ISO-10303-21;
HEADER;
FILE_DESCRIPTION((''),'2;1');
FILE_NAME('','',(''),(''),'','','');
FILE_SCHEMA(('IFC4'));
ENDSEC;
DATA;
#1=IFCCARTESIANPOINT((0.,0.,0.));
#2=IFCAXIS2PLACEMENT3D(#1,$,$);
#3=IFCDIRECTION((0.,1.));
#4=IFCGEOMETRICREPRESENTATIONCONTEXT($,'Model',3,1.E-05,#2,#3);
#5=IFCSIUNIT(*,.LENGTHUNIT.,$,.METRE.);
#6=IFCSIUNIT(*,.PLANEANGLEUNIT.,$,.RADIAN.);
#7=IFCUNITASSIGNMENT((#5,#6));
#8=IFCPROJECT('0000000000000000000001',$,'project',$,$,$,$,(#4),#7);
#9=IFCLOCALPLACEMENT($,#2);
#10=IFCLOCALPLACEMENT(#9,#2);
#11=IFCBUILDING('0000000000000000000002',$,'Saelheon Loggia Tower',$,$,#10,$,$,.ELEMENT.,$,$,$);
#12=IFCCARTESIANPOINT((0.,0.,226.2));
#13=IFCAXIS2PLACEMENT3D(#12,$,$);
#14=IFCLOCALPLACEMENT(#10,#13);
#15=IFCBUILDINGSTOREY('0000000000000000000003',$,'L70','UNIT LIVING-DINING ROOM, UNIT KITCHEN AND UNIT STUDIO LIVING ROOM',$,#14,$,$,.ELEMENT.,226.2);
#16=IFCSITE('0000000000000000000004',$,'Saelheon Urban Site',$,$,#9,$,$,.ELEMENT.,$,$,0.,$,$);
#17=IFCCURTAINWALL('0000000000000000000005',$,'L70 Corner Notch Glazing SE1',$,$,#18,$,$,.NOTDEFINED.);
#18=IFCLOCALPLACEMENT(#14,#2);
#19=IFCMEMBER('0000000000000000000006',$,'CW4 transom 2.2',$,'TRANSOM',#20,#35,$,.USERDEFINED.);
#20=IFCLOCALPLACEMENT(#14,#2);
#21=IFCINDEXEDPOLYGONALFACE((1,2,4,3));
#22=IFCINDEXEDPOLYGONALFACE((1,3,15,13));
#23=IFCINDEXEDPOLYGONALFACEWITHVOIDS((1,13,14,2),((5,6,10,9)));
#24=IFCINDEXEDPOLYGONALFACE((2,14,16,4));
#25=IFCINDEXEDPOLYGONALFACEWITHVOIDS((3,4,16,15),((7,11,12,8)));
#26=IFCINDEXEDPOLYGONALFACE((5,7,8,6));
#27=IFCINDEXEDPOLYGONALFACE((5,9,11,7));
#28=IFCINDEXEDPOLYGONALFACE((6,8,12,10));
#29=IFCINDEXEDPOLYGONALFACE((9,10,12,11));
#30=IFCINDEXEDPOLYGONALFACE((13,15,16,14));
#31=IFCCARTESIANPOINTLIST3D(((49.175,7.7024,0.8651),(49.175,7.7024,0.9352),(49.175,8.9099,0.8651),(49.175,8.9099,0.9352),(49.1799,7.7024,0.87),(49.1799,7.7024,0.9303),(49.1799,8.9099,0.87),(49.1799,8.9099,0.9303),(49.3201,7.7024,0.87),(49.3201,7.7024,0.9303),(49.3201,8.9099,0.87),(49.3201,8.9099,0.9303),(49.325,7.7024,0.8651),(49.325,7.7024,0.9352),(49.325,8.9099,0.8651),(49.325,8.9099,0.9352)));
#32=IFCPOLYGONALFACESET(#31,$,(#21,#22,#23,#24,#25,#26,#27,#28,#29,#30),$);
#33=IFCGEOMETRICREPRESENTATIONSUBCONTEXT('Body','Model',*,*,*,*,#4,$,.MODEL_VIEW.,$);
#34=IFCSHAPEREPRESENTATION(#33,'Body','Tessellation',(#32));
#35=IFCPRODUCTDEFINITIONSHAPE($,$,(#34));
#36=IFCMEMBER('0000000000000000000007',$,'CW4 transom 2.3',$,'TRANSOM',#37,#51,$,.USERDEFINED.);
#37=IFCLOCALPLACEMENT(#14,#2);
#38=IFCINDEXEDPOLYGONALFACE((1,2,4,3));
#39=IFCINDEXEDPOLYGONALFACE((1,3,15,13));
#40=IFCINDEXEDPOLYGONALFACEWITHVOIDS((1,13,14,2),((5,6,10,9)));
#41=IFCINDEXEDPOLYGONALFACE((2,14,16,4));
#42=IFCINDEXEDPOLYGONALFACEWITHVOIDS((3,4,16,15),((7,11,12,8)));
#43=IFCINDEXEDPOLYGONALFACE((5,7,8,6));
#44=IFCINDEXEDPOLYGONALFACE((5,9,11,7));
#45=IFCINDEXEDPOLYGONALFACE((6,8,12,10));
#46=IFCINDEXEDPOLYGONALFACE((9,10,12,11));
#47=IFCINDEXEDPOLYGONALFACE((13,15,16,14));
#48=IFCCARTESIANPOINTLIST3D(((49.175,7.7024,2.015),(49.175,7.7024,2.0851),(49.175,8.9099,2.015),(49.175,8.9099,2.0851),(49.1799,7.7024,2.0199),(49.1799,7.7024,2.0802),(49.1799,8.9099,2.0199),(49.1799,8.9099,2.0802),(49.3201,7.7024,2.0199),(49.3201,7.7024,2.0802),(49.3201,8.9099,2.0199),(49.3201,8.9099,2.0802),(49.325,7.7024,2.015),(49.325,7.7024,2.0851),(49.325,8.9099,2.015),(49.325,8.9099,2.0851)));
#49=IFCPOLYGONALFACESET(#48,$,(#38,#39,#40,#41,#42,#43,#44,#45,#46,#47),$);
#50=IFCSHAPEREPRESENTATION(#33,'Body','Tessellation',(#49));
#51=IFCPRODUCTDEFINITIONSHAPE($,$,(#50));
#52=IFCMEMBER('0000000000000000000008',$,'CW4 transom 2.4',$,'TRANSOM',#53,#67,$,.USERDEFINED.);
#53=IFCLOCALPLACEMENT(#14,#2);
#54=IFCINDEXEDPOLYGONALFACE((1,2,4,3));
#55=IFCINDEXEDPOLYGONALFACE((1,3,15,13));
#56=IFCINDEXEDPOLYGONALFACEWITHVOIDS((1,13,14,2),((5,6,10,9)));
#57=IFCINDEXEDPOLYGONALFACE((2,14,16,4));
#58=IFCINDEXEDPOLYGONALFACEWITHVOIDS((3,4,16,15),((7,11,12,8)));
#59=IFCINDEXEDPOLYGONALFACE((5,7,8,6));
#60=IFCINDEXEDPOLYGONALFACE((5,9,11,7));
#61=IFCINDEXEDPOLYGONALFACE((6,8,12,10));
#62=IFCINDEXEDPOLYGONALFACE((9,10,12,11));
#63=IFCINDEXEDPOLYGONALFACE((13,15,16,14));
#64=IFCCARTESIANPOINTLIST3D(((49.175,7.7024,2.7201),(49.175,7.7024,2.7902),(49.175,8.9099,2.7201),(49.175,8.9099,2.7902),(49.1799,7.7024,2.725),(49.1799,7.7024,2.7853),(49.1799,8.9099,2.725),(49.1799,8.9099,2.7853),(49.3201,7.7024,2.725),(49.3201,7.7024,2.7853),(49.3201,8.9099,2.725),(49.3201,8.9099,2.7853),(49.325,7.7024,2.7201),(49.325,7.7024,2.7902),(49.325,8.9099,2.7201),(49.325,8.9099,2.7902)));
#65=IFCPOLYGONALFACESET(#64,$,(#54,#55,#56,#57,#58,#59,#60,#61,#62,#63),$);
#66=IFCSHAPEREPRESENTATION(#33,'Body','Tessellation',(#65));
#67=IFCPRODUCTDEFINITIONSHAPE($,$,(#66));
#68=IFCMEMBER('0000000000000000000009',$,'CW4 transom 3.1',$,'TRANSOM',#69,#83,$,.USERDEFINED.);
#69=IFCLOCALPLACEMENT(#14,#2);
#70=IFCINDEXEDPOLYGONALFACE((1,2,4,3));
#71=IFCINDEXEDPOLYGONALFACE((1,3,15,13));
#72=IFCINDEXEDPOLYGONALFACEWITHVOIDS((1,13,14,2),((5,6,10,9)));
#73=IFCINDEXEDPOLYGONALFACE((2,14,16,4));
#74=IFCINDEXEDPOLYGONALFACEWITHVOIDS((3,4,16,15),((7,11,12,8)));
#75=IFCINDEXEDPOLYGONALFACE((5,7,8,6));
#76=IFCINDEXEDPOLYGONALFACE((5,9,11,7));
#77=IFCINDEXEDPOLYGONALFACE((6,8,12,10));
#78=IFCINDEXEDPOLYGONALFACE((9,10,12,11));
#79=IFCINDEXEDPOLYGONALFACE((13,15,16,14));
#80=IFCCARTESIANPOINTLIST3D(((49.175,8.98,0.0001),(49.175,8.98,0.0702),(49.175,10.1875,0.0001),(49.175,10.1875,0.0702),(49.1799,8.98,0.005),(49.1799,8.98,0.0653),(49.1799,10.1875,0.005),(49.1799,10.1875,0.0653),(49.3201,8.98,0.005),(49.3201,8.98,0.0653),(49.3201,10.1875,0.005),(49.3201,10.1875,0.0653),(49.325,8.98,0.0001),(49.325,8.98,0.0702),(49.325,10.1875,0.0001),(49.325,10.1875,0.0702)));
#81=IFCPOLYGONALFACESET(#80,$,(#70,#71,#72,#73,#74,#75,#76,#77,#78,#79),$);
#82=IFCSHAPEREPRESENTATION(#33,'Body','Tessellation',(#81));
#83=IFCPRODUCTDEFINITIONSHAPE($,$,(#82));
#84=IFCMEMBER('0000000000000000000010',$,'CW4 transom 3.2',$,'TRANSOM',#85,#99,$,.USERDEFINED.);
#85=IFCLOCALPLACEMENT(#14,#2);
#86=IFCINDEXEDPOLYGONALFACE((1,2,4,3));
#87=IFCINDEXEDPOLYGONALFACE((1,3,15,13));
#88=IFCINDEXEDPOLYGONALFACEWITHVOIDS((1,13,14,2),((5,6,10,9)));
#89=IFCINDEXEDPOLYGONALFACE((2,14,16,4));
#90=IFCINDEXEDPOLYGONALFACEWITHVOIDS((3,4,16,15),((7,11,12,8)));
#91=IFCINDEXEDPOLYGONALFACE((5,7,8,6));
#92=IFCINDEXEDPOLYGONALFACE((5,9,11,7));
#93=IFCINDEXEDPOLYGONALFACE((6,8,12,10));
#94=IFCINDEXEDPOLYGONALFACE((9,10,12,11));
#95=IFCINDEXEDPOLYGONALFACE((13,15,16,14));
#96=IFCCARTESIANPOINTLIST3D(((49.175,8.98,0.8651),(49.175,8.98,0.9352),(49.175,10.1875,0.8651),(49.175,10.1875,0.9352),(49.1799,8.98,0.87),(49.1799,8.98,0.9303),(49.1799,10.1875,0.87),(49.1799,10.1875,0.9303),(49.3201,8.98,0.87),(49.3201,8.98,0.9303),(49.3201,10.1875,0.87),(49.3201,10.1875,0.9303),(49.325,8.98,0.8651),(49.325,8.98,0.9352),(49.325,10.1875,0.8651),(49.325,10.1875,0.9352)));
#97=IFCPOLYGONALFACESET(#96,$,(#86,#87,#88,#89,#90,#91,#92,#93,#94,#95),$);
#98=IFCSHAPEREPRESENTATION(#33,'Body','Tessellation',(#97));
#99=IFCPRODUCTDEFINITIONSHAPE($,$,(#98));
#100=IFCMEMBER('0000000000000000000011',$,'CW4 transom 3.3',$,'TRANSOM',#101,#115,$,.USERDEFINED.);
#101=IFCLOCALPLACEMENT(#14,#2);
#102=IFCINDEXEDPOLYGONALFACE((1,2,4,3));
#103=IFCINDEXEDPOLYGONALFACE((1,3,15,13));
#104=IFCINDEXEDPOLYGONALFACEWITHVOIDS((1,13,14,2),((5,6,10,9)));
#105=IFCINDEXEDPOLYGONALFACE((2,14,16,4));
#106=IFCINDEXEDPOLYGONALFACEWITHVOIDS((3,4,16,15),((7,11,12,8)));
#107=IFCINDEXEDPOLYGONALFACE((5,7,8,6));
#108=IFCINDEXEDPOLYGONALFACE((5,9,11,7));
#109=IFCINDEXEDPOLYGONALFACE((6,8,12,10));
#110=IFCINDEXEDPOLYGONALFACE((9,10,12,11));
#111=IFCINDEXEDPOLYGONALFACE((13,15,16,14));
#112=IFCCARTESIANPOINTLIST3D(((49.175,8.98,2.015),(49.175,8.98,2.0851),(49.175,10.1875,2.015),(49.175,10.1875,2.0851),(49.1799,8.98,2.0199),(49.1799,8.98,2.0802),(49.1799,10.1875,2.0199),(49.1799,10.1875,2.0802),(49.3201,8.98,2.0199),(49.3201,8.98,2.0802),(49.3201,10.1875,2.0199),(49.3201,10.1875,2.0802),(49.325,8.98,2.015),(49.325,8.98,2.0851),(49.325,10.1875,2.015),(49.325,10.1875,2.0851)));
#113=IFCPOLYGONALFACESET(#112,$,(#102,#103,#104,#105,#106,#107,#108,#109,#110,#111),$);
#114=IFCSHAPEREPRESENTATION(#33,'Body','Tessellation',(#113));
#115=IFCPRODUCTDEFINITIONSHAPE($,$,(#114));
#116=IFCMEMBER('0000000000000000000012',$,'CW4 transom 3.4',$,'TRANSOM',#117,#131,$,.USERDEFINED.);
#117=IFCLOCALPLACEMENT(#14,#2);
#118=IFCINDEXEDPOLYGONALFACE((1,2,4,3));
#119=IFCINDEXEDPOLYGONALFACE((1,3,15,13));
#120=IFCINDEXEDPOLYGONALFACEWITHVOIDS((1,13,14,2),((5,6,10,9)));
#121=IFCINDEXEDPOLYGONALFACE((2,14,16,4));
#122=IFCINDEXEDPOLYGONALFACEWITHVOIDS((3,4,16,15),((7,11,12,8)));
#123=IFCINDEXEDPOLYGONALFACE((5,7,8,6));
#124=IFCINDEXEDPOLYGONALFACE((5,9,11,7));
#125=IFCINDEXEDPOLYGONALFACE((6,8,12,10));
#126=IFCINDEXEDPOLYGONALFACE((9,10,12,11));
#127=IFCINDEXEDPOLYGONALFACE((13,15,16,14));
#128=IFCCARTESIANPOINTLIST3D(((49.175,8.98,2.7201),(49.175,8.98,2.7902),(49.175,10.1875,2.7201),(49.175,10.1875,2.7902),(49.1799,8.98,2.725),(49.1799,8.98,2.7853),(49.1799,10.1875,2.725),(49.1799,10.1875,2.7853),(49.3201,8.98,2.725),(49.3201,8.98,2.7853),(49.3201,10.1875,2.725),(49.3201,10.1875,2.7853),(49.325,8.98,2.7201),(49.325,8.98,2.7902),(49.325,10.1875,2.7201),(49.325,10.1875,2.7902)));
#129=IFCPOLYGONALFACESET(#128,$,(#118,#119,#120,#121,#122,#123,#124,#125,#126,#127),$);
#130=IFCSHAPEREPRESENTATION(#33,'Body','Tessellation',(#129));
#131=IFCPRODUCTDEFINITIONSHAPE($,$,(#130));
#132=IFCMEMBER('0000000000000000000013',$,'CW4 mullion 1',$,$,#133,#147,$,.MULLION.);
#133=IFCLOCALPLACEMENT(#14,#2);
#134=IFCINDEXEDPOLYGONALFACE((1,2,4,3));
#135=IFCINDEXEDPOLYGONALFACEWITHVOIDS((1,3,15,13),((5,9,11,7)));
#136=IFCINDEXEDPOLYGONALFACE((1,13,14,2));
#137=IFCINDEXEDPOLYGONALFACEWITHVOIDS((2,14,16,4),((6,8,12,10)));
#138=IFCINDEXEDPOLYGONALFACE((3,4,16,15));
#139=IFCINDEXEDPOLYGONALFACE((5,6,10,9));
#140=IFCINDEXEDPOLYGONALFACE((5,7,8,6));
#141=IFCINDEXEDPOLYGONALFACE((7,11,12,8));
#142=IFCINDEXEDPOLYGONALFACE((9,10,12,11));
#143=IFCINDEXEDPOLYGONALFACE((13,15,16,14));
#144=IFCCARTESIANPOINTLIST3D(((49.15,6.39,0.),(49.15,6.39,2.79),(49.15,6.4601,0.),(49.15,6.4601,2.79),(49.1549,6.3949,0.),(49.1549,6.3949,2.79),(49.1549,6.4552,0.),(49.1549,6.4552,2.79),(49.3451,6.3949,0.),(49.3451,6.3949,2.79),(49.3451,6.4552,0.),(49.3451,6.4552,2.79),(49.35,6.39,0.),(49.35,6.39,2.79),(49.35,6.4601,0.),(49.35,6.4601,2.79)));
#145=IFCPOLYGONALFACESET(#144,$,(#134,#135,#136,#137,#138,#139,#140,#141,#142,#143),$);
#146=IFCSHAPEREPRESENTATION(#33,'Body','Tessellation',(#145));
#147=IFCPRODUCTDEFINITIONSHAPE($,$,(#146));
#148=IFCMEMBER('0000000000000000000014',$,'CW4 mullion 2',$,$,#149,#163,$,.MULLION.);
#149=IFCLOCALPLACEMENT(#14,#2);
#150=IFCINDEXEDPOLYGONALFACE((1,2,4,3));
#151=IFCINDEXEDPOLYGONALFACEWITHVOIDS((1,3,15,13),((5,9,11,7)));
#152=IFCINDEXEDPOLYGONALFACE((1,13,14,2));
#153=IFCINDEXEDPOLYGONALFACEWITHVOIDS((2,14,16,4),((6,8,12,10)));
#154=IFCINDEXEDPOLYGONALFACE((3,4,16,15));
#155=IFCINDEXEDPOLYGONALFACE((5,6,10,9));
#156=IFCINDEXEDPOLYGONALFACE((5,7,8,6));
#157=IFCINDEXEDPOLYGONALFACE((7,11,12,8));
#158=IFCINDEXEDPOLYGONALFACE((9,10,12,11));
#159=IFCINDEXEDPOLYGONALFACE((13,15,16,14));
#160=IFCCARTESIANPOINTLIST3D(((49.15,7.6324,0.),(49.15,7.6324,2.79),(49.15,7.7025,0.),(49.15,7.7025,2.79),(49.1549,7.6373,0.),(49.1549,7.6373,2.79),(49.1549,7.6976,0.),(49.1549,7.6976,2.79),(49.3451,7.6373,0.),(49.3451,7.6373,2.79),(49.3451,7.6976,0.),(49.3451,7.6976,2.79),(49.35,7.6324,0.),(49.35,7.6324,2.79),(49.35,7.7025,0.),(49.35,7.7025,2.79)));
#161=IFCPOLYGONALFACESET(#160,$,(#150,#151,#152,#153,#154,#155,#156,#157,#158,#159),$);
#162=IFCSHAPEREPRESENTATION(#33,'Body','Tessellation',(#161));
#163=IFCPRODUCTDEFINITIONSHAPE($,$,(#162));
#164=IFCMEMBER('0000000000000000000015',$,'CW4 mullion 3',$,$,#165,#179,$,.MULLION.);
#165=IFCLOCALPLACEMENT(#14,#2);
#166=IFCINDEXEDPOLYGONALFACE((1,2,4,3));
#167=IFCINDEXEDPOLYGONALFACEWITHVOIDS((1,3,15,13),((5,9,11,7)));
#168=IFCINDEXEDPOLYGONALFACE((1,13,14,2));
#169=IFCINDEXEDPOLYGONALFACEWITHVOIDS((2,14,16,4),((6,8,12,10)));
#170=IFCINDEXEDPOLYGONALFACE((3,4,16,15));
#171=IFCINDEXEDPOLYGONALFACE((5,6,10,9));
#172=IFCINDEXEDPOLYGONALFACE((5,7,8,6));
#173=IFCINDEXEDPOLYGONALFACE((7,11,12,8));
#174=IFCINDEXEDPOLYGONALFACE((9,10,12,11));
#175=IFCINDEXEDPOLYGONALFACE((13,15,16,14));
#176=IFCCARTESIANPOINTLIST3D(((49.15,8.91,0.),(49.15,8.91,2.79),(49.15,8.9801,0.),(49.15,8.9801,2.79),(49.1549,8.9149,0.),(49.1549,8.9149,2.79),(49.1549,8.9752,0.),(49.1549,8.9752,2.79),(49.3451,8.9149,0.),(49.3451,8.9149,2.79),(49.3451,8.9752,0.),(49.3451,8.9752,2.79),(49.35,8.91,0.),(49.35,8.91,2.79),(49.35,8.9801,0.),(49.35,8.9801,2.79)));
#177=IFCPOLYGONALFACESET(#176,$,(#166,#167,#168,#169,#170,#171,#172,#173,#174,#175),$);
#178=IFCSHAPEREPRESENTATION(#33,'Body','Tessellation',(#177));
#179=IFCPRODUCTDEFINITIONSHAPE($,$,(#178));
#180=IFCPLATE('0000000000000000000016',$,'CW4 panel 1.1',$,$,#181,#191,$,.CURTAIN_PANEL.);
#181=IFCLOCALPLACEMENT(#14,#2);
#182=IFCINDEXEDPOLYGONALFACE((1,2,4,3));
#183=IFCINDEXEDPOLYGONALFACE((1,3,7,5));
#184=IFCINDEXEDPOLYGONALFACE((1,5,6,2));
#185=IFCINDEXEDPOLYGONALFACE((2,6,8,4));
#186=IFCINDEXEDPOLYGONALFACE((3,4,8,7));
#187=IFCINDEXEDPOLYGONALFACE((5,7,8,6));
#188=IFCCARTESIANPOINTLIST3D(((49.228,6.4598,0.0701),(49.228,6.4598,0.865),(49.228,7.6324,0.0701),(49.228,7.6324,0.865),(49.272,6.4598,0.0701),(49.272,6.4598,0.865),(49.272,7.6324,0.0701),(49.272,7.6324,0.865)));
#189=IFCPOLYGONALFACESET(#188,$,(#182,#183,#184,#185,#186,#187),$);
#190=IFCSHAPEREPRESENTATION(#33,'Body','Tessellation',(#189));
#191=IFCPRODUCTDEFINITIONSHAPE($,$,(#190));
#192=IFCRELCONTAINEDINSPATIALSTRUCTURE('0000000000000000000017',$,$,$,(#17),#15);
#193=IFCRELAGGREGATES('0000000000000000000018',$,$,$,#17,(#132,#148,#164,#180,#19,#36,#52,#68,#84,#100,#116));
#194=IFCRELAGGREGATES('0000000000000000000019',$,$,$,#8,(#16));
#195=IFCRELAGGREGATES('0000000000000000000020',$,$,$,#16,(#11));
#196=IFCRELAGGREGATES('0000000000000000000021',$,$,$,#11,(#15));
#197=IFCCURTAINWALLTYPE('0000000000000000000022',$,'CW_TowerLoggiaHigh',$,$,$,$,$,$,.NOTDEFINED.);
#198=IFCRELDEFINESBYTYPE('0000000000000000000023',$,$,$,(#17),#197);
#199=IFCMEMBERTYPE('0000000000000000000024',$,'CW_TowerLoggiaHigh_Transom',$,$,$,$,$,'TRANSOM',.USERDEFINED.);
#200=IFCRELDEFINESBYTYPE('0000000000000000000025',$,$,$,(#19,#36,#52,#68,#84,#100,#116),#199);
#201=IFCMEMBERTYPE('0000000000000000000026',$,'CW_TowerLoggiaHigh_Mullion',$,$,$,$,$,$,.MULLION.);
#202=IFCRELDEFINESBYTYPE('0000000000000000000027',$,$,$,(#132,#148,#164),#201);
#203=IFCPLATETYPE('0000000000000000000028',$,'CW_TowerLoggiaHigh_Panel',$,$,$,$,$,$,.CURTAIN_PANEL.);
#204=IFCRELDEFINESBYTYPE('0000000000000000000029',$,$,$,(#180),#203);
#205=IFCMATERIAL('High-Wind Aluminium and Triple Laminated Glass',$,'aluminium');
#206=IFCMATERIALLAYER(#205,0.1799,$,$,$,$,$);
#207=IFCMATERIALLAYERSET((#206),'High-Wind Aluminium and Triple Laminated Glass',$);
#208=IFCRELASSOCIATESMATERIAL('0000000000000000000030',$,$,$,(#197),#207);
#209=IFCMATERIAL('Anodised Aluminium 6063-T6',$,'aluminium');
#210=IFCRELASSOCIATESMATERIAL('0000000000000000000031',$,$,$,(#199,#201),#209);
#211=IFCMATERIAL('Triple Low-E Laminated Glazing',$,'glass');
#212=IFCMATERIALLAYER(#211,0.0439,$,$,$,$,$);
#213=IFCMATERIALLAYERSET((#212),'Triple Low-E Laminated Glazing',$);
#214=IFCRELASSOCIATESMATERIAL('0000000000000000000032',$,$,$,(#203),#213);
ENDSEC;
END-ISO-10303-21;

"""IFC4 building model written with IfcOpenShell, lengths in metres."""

from ifc_helpers import new_model, si_unit, direction, frame, origin, origin_2d, place, context, subcontext, project, spatial, rectangle, hollow_rectangle, extrude, source, transform, mapped, material, layer, layer_set, material_profile, profile_set, type_object, element, aggregate, save


model = new_model("IFC4")

# Units and contexts
model_context = context("Model", 3, precision=1e-05, world=origin(), true_north=direction((0.0, 1.0)))
body_context = subcontext(model_context, "Body", "Model", "MODEL_VIEW")
ifc_project = project(units=[si_unit("LENGTHUNIT", "METRE"), si_unit("PLANEANGLEUNIT", "RADIAN")], contexts=[model_context])

# Site, building, storey
site_placement = place(None, origin())
site = spatial("IfcSite", under=ifc_project, at=site_placement, Name="Saelheon Urban Site", CompositionType="ELEMENT", RefElevation=0.0)
building_placement = place(site_placement, origin())
building = spatial("IfcBuilding", under=site, at=building_placement, Name="Saelheon Loggia Tower", CompositionType="ELEMENT")
storey_placement = place(building_placement, frame((0.0, 0.0, 226.2)))
storey = spatial("IfcBuildingStorey", under=building, at=storey_placement, Name="L70", Description="UNIT LIVING-DINING ROOM, UNIT KITCHEN AND UNIT STUDIO LIVING ROOM", CompositionType="ELEMENT", Elevation=226.2)

# Curtain wall, members, plate
ifc_material_1 = material(Name="High-Wind Aluminium and Triple Laminated Glass", Category="aluminium")
ifc_layer_1 = layer(ifc_material_1, 0.1799)
ifc_layer_set_1 = layer_set([ifc_layer_1], Name="High-Wind Aluminium and Triple Laminated Glass")
curtain_wall_type = type_object("IfcCurtainWallType", Name="CW_TowerLoggiaHigh", PredefinedType="NOTDEFINED", material=ifc_layer_set_1)
curtain_wall_placement = place(storey_placement, origin())
curtain_wall = element("IfcCurtainWall", 1, at=curtain_wall_placement, inside=storey, type_object=curtain_wall_type, Name="L70 Corner Notch Glazing SE1", PredefinedType="NOTDEFINED")
ifc_material_2 = material(Name="Anodised Aluminium 6063-T6", Category="aluminium")
ifc_material_profile_1 = material_profile(ifc_material_2, hollow_rectangle(XDim=0.0701, YDim=0.1499, WallThickness=0.0049, at=origin_2d()), Name="RHS-150x70x5")
ifc_profile_set_1 = profile_set([ifc_material_profile_1], Name="Anodised Aluminium 6063-T6")
member_type_1 = type_object("IfcMemberType", Name="CW_TowerLoggiaHigh_Transom", ElementType="TRANSOM", PredefinedType="USERDEFINED", material=ifc_profile_set_1)
shared_shape_1 = source(origin(), body_context, "Body", "SweptSolid", [
    extrude(hollow_rectangle(XDim=0.0701, YDim=0.1499, WallThickness=0.0049, at=origin_2d()), origin(), (0.0, 0.0, 1.0), 1.2075),
])
member_1_placement = place(storey_placement, frame((49.25, 7.7024, 0.9001), z_axis=(0.0, 1.0, 0.0), x_axis=(0.0, 0.0, 1.0)))
member_1 = element("IfcMember", 2, at=member_1_placement, type_object=member_type_1, Name="CW4 transom 2.2", ObjectType="TRANSOM", PredefinedType="USERDEFINED", context=body_context, shape_type="MappedRepresentation", body=[
    mapped(shared_shape_1, transform((0.0, 0.0, 0.0), scale=1.0)),
])
member_2_placement = place(storey_placement, frame((49.25, 7.7024, 2.05), z_axis=(0.0, 1.0, 0.0), x_axis=(0.0, 0.0, 1.0)))
member_2 = element("IfcMember", 3, at=member_2_placement, type_object=member_type_1, Name="CW4 transom 2.3", ObjectType="TRANSOM", PredefinedType="USERDEFINED", context=body_context, shape_type="MappedRepresentation", body=[
    mapped(shared_shape_1, transform((0.0, 0.0, 0.0), scale=1.0)),
])
member_3_placement = place(storey_placement, frame((49.25, 7.7024, 2.7551), z_axis=(0.0, 1.0, 0.0), x_axis=(0.0, 0.0, 1.0)))
member_3 = element("IfcMember", 4, at=member_3_placement, type_object=member_type_1, Name="CW4 transom 2.4", ObjectType="TRANSOM", PredefinedType="USERDEFINED", context=body_context, shape_type="MappedRepresentation", body=[
    mapped(shared_shape_1, transform((0.0, 0.0, 0.0), scale=1.0)),
])
member_4_placement = place(storey_placement, frame((49.25, 8.98, 0.0352), z_axis=(0.0, 1.0, 0.0), x_axis=(0.0, 0.0, 1.0)))
member_4 = element("IfcMember", 5, at=member_4_placement, type_object=member_type_1, Name="CW4 transom 3.1", ObjectType="TRANSOM", PredefinedType="USERDEFINED", context=body_context, shape_type="MappedRepresentation", body=[
    mapped(shared_shape_1, transform((0.0, 0.0, 0.0), scale=1.0)),
])
member_5_placement = place(storey_placement, frame((49.25, 8.98, 0.9001), z_axis=(0.0, 1.0, 0.0), x_axis=(0.0, 0.0, 1.0)))
member_5 = element("IfcMember", 6, at=member_5_placement, type_object=member_type_1, Name="CW4 transom 3.2", ObjectType="TRANSOM", PredefinedType="USERDEFINED", context=body_context, shape_type="MappedRepresentation", body=[
    mapped(shared_shape_1, transform((0.0, 0.0, 0.0), scale=1.0)),
])
member_6_placement = place(storey_placement, frame((49.25, 8.98, 2.05), z_axis=(0.0, 1.0, 0.0), x_axis=(0.0, 0.0, 1.0)))
member_6 = element("IfcMember", 7, at=member_6_placement, type_object=member_type_1, Name="CW4 transom 3.3", ObjectType="TRANSOM", PredefinedType="USERDEFINED", context=body_context, shape_type="MappedRepresentation", body=[
    mapped(shared_shape_1, transform((0.0, 0.0, 0.0), scale=1.0)),
])
member_7_placement = place(storey_placement, frame((49.25, 8.98, 2.7551), z_axis=(0.0, 1.0, 0.0), x_axis=(0.0, 0.0, 1.0)))
member_7 = element("IfcMember", 8, at=member_7_placement, type_object=member_type_1, Name="CW4 transom 3.4", ObjectType="TRANSOM", PredefinedType="USERDEFINED", context=body_context, shape_type="MappedRepresentation", body=[
    mapped(shared_shape_1, transform((0.0, 0.0, 0.0), scale=1.0)),
])
ifc_material_profile_2 = material_profile(ifc_material_2, hollow_rectangle(XDim=0.0701, YDim=0.2, WallThickness=0.0049, at=origin_2d()), Name="RHS-200x70x5")
ifc_profile_set_2 = profile_set([ifc_material_profile_2], Name="Anodised Aluminium 6063-T6")
member_type_2 = type_object("IfcMemberType", Name="CW_TowerLoggiaHigh_Mullion", PredefinedType="MULLION", material=ifc_profile_set_2)
shared_shape_2 = source(origin(), body_context, "Body", "SweptSolid", [
    extrude(hollow_rectangle(XDim=0.0701, YDim=0.2, WallThickness=0.0049, at=origin_2d()), origin(), (0.0, 0.0, 1.0), 2.79),
])
member_8_placement = place(storey_placement, frame((49.25, 6.425, 0.0), z_axis=(0.0, 0.0, 1.0), x_axis=(0.0, 1.0, 0.0)))
member_8 = element("IfcMember", 9, at=member_8_placement, type_object=member_type_2, Name="CW4 mullion 1", PredefinedType="MULLION", context=body_context, shape_type="MappedRepresentation", body=[
    mapped(shared_shape_2, transform((0.0, 0.0, 0.0), scale=1.0)),
])
member_9_placement = place(storey_placement, frame((49.25, 7.6675, 0.0), z_axis=(0.0, 0.0, 1.0), x_axis=(0.0, 1.0, 0.0)))
member_9 = element("IfcMember", 10, at=member_9_placement, type_object=member_type_2, Name="CW4 mullion 2", PredefinedType="MULLION", context=body_context, shape_type="MappedRepresentation", body=[
    mapped(shared_shape_2, transform((0.0, 0.0, 0.0), scale=1.0)),
])
member_10_placement = place(storey_placement, frame((49.25, 8.9451, 0.0), z_axis=(0.0, 0.0, 1.0), x_axis=(0.0, 1.0, 0.0)))
member_10 = element("IfcMember", 11, at=member_10_placement, type_object=member_type_2, Name="CW4 mullion 3", PredefinedType="MULLION", context=body_context, shape_type="MappedRepresentation", body=[
    mapped(shared_shape_2, transform((0.0, 0.0, 0.0), scale=1.0)),
])
ifc_material_3 = material(Name="Triple Low-E Laminated Glazing", Category="glass")
ifc_layer_2 = layer(ifc_material_3, 0.0439)
ifc_layer_set_2 = layer_set([ifc_layer_2], Name="Triple Low-E Laminated Glazing")
plate_type = type_object("IfcPlateType", Name="CW_TowerLoggiaHigh_Panel", PredefinedType="CURTAIN_PANEL", material=ifc_layer_set_2)
shared_shape_3 = source(origin(), body_context, "Body", "SweptSolid", [
    extrude(rectangle(XDim=1.1726, YDim=0.0439, at=origin_2d()), origin(), (0.0, 0.0, 1.0), 0.7949),
])
plate_1_placement = place(storey_placement, frame((49.25, 7.0461, 0.0701), z_axis=(0.0, 0.0, 1.0), x_axis=(0.0, 1.0, 0.0)))
plate_1 = element("IfcPlate", 12, at=plate_1_placement, type_object=plate_type, Name="CW4 panel 1.1", PredefinedType="CURTAIN_PANEL", context=body_context, shape_type="MappedRepresentation", body=[
    mapped(shared_shape_3, transform((0.0, 0.0, 0.0), scale=1.0)),
])
aggregate(curtain_wall, [member_8, member_9, member_10, plate_1, member_1, member_2, member_3, member_4, member_5, member_6, member_7])

save(model, "model.ifc")
